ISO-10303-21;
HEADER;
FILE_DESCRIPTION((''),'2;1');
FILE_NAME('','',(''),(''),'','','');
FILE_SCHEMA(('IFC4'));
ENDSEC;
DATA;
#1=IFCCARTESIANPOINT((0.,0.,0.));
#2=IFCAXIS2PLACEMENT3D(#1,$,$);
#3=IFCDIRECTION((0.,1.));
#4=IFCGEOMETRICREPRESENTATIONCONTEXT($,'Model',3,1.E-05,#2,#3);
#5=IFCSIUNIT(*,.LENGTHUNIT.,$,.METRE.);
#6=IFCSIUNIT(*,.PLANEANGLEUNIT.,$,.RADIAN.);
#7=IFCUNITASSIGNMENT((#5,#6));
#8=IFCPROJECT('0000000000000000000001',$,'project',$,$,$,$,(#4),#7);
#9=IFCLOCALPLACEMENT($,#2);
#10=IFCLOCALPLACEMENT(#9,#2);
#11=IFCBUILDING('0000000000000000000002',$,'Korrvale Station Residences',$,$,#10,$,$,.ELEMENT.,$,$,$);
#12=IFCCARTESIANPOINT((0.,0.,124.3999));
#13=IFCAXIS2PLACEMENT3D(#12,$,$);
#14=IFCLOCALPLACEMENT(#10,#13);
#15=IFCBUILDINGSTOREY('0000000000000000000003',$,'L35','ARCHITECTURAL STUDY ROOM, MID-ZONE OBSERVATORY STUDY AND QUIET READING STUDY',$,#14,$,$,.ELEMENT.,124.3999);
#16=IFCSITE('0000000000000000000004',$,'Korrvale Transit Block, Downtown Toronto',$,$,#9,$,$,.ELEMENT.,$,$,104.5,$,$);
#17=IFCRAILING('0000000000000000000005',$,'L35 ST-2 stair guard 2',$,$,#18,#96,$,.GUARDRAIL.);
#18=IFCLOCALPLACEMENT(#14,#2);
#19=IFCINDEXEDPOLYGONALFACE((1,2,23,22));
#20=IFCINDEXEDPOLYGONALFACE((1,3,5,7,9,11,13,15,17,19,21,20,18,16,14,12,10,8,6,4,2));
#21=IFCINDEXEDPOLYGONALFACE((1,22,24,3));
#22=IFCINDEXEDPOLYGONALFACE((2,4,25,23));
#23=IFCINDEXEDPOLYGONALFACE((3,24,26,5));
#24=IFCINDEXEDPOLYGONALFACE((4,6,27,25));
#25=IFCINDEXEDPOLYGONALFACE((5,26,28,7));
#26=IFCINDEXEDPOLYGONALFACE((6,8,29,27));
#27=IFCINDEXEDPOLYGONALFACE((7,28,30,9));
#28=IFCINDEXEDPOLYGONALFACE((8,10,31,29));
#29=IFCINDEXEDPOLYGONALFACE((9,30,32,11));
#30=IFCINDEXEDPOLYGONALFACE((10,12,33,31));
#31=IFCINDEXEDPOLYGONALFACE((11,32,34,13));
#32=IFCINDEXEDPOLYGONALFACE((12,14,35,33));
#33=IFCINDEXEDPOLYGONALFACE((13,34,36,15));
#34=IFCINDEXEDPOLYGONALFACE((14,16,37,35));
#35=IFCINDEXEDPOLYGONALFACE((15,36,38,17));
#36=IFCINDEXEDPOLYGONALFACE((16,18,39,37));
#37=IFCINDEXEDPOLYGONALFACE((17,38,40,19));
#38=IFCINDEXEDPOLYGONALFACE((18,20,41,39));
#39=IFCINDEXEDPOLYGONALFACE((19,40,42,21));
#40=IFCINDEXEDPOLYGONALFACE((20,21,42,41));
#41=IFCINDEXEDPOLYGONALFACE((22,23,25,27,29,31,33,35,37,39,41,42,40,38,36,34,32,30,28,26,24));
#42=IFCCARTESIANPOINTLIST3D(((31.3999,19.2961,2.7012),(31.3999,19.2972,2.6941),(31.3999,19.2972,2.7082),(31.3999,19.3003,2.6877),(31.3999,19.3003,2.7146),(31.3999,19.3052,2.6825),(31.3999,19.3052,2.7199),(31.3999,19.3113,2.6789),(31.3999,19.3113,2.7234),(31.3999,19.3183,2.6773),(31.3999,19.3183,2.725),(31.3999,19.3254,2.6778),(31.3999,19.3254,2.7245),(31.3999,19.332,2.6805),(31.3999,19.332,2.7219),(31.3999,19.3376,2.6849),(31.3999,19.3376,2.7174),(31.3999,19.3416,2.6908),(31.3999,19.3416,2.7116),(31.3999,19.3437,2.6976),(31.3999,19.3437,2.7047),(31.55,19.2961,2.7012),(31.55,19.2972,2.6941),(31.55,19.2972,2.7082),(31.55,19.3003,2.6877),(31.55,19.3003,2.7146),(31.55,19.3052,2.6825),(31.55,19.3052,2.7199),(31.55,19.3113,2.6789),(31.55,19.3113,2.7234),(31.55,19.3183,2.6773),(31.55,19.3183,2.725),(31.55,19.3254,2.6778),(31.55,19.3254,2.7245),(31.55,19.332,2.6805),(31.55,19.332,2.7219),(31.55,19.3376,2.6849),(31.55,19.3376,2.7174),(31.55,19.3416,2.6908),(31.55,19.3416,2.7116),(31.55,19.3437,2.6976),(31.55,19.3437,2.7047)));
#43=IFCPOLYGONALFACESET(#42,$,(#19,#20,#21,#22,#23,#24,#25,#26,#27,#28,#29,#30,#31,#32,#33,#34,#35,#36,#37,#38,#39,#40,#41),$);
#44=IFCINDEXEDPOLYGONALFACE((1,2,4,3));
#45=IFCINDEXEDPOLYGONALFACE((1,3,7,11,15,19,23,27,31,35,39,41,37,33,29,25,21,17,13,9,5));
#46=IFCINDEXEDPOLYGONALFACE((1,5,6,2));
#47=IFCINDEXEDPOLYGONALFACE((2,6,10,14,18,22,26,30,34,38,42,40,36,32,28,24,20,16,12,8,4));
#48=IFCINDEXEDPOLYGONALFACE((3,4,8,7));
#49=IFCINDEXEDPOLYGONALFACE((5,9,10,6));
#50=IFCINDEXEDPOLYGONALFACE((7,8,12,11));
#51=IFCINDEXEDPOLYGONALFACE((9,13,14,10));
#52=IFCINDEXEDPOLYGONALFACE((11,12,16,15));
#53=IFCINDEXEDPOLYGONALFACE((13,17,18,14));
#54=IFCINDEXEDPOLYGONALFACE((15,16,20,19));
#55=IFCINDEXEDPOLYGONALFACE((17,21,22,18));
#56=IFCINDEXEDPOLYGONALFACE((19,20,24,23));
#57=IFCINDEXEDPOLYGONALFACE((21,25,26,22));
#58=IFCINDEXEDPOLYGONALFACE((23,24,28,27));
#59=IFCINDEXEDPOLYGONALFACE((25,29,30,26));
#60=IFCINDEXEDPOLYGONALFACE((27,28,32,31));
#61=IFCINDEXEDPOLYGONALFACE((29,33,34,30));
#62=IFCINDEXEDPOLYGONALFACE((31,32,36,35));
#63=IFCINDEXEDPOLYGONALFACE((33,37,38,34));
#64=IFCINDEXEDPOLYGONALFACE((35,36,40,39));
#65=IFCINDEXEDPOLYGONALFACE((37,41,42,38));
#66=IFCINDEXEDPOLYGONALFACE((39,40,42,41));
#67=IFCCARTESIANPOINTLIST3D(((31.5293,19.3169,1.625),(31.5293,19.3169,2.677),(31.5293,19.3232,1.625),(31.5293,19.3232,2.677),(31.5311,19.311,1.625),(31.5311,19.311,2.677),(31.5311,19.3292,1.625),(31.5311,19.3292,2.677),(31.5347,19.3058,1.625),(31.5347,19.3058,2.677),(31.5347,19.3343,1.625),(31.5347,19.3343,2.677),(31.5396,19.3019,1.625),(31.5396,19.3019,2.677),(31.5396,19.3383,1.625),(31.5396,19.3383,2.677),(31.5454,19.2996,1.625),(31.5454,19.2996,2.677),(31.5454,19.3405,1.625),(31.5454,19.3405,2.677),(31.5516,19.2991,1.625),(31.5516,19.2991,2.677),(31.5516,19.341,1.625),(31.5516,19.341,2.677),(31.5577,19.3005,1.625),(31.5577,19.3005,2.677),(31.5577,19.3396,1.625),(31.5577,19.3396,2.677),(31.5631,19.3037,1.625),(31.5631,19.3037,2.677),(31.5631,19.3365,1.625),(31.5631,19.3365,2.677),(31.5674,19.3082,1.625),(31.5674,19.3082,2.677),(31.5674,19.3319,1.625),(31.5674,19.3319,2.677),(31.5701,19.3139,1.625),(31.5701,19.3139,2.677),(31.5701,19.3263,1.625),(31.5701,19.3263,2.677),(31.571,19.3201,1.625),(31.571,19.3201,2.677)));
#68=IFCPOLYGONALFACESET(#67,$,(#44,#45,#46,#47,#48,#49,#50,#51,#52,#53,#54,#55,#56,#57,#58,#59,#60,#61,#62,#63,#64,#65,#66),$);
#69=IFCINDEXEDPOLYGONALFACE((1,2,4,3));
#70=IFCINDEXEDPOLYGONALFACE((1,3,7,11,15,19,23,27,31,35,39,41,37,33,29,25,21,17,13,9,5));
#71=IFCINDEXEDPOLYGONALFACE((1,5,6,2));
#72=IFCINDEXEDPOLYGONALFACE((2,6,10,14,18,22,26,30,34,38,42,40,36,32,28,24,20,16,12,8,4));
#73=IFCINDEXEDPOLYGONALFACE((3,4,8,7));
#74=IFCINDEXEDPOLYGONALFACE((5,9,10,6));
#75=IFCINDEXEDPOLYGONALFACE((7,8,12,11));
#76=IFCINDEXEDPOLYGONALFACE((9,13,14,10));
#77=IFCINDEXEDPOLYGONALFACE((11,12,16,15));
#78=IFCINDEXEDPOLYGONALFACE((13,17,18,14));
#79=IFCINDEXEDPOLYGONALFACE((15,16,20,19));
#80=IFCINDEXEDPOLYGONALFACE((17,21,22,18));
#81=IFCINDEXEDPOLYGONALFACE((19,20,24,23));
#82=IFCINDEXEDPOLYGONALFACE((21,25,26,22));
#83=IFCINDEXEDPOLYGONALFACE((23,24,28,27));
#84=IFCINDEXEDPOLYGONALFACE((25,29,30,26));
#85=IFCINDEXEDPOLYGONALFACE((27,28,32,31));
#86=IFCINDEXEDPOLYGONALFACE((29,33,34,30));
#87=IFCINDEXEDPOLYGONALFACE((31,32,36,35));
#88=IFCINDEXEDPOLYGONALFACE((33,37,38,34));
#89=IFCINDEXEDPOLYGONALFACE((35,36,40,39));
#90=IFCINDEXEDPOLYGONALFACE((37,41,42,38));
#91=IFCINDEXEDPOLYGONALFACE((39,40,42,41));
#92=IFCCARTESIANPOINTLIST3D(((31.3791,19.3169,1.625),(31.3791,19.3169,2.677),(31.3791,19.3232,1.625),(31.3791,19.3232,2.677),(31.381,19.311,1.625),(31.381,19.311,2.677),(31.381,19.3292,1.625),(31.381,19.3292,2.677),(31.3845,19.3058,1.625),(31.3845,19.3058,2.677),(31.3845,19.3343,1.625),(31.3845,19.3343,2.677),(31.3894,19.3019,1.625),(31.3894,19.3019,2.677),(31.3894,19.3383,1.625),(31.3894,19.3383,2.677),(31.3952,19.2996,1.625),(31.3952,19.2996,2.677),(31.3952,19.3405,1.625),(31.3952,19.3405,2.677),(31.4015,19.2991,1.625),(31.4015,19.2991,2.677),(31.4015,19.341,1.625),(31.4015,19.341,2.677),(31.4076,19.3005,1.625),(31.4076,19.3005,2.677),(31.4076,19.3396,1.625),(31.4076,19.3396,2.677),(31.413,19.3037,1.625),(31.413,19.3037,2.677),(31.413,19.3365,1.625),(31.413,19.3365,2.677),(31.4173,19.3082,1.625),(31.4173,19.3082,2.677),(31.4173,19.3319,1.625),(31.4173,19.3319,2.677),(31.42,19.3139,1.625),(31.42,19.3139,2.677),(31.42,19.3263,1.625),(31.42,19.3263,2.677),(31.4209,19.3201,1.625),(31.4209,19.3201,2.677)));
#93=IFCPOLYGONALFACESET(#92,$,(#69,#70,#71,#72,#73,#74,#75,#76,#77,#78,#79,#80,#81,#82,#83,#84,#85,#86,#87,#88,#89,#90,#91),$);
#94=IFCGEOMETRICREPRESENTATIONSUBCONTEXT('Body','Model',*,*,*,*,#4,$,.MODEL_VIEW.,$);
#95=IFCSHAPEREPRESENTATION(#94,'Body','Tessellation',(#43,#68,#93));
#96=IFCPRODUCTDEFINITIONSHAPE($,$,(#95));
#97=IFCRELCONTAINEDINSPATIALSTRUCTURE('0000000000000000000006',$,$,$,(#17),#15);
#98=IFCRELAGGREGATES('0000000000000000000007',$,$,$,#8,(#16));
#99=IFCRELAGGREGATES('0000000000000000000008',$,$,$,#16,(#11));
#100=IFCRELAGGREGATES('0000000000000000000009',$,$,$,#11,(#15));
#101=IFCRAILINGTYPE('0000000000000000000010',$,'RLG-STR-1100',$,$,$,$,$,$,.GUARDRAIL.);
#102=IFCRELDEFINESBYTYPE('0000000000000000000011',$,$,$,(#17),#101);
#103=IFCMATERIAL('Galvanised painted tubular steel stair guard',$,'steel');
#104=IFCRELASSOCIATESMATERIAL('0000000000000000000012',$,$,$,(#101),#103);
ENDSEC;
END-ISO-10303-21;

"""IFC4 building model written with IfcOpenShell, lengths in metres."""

from ifc_helpers import new_model, si_unit, direction, frame, origin, origin_2d, place, context, subcontext, project, spatial, circle, extrude, material, type_object, element, save


model = new_model("IFC4")

# Units and contexts
model_context = context("Model", 3, precision=1e-05, world=origin(), true_north=direction((0.0, 1.0)))
body_context = subcontext(model_context, "Body", "Model", "MODEL_VIEW")
ifc_project = project(units=[si_unit("LENGTHUNIT", "METRE"), si_unit("PLANEANGLEUNIT", "RADIAN")], contexts=[model_context])

# Site, building, storey
site_placement = place(None, origin())
site = spatial("IfcSite", under=ifc_project, at=site_placement, Name="Korrvale Transit Block, Downtown Toronto", CompositionType="ELEMENT", RefElevation=104.5)
building_placement = place(site_placement, origin())
building = spatial("IfcBuilding", under=site, at=building_placement, Name="Korrvale Station Residences", CompositionType="ELEMENT")
storey_placement = place(building_placement, frame((0.0, 0.0, 124.3999)))
storey = spatial("IfcBuildingStorey", under=building, at=storey_placement, Name="L35", Description="ARCHITECTURAL STUDY ROOM, MID-ZONE OBSERVATORY STUDY AND QUIET READING STUDY", CompositionType="ELEMENT", Elevation=124.3999)

# Railing
ifc_material_1 = material(Name="Galvanised painted tubular steel stair guard", Category="steel")
railing_type_1 = type_object("IfcRailingType", Name="RLG-STR-1100", PredefinedType="GUARDRAIL", material=ifc_material_1)
railing_1_placement = place(storey_placement, frame((31.55, 19.3201, 1.625)))
element("IfcRailing", 1, at=railing_1_placement, inside=storey, type_object=railing_type_1, Name="L35 ST-2 stair guard 2", PredefinedType="GUARDRAIL", context=body_context, shape_type="SweptSolid", body=[
    extrude(circle(Radius=0.0239, at=origin_2d()), frame((0.0, 0.0, 1.0762), z_axis=(-1.0, 0.0, 0.0), x_axis=(0.0, -1.0, 0.0)), (0.0, 0.0, 1.0), 0.1501),
    extrude(circle(Radius=0.021, at=origin_2d()), origin(), (0.0, 0.0, 1.0), 1.052),
    extrude(circle(Radius=0.021, at=origin_2d()), frame((-0.1501, 0.0, 0.0)), (0.0, 0.0, 1.0), 1.052),
])

save(model, "model.ifc")
